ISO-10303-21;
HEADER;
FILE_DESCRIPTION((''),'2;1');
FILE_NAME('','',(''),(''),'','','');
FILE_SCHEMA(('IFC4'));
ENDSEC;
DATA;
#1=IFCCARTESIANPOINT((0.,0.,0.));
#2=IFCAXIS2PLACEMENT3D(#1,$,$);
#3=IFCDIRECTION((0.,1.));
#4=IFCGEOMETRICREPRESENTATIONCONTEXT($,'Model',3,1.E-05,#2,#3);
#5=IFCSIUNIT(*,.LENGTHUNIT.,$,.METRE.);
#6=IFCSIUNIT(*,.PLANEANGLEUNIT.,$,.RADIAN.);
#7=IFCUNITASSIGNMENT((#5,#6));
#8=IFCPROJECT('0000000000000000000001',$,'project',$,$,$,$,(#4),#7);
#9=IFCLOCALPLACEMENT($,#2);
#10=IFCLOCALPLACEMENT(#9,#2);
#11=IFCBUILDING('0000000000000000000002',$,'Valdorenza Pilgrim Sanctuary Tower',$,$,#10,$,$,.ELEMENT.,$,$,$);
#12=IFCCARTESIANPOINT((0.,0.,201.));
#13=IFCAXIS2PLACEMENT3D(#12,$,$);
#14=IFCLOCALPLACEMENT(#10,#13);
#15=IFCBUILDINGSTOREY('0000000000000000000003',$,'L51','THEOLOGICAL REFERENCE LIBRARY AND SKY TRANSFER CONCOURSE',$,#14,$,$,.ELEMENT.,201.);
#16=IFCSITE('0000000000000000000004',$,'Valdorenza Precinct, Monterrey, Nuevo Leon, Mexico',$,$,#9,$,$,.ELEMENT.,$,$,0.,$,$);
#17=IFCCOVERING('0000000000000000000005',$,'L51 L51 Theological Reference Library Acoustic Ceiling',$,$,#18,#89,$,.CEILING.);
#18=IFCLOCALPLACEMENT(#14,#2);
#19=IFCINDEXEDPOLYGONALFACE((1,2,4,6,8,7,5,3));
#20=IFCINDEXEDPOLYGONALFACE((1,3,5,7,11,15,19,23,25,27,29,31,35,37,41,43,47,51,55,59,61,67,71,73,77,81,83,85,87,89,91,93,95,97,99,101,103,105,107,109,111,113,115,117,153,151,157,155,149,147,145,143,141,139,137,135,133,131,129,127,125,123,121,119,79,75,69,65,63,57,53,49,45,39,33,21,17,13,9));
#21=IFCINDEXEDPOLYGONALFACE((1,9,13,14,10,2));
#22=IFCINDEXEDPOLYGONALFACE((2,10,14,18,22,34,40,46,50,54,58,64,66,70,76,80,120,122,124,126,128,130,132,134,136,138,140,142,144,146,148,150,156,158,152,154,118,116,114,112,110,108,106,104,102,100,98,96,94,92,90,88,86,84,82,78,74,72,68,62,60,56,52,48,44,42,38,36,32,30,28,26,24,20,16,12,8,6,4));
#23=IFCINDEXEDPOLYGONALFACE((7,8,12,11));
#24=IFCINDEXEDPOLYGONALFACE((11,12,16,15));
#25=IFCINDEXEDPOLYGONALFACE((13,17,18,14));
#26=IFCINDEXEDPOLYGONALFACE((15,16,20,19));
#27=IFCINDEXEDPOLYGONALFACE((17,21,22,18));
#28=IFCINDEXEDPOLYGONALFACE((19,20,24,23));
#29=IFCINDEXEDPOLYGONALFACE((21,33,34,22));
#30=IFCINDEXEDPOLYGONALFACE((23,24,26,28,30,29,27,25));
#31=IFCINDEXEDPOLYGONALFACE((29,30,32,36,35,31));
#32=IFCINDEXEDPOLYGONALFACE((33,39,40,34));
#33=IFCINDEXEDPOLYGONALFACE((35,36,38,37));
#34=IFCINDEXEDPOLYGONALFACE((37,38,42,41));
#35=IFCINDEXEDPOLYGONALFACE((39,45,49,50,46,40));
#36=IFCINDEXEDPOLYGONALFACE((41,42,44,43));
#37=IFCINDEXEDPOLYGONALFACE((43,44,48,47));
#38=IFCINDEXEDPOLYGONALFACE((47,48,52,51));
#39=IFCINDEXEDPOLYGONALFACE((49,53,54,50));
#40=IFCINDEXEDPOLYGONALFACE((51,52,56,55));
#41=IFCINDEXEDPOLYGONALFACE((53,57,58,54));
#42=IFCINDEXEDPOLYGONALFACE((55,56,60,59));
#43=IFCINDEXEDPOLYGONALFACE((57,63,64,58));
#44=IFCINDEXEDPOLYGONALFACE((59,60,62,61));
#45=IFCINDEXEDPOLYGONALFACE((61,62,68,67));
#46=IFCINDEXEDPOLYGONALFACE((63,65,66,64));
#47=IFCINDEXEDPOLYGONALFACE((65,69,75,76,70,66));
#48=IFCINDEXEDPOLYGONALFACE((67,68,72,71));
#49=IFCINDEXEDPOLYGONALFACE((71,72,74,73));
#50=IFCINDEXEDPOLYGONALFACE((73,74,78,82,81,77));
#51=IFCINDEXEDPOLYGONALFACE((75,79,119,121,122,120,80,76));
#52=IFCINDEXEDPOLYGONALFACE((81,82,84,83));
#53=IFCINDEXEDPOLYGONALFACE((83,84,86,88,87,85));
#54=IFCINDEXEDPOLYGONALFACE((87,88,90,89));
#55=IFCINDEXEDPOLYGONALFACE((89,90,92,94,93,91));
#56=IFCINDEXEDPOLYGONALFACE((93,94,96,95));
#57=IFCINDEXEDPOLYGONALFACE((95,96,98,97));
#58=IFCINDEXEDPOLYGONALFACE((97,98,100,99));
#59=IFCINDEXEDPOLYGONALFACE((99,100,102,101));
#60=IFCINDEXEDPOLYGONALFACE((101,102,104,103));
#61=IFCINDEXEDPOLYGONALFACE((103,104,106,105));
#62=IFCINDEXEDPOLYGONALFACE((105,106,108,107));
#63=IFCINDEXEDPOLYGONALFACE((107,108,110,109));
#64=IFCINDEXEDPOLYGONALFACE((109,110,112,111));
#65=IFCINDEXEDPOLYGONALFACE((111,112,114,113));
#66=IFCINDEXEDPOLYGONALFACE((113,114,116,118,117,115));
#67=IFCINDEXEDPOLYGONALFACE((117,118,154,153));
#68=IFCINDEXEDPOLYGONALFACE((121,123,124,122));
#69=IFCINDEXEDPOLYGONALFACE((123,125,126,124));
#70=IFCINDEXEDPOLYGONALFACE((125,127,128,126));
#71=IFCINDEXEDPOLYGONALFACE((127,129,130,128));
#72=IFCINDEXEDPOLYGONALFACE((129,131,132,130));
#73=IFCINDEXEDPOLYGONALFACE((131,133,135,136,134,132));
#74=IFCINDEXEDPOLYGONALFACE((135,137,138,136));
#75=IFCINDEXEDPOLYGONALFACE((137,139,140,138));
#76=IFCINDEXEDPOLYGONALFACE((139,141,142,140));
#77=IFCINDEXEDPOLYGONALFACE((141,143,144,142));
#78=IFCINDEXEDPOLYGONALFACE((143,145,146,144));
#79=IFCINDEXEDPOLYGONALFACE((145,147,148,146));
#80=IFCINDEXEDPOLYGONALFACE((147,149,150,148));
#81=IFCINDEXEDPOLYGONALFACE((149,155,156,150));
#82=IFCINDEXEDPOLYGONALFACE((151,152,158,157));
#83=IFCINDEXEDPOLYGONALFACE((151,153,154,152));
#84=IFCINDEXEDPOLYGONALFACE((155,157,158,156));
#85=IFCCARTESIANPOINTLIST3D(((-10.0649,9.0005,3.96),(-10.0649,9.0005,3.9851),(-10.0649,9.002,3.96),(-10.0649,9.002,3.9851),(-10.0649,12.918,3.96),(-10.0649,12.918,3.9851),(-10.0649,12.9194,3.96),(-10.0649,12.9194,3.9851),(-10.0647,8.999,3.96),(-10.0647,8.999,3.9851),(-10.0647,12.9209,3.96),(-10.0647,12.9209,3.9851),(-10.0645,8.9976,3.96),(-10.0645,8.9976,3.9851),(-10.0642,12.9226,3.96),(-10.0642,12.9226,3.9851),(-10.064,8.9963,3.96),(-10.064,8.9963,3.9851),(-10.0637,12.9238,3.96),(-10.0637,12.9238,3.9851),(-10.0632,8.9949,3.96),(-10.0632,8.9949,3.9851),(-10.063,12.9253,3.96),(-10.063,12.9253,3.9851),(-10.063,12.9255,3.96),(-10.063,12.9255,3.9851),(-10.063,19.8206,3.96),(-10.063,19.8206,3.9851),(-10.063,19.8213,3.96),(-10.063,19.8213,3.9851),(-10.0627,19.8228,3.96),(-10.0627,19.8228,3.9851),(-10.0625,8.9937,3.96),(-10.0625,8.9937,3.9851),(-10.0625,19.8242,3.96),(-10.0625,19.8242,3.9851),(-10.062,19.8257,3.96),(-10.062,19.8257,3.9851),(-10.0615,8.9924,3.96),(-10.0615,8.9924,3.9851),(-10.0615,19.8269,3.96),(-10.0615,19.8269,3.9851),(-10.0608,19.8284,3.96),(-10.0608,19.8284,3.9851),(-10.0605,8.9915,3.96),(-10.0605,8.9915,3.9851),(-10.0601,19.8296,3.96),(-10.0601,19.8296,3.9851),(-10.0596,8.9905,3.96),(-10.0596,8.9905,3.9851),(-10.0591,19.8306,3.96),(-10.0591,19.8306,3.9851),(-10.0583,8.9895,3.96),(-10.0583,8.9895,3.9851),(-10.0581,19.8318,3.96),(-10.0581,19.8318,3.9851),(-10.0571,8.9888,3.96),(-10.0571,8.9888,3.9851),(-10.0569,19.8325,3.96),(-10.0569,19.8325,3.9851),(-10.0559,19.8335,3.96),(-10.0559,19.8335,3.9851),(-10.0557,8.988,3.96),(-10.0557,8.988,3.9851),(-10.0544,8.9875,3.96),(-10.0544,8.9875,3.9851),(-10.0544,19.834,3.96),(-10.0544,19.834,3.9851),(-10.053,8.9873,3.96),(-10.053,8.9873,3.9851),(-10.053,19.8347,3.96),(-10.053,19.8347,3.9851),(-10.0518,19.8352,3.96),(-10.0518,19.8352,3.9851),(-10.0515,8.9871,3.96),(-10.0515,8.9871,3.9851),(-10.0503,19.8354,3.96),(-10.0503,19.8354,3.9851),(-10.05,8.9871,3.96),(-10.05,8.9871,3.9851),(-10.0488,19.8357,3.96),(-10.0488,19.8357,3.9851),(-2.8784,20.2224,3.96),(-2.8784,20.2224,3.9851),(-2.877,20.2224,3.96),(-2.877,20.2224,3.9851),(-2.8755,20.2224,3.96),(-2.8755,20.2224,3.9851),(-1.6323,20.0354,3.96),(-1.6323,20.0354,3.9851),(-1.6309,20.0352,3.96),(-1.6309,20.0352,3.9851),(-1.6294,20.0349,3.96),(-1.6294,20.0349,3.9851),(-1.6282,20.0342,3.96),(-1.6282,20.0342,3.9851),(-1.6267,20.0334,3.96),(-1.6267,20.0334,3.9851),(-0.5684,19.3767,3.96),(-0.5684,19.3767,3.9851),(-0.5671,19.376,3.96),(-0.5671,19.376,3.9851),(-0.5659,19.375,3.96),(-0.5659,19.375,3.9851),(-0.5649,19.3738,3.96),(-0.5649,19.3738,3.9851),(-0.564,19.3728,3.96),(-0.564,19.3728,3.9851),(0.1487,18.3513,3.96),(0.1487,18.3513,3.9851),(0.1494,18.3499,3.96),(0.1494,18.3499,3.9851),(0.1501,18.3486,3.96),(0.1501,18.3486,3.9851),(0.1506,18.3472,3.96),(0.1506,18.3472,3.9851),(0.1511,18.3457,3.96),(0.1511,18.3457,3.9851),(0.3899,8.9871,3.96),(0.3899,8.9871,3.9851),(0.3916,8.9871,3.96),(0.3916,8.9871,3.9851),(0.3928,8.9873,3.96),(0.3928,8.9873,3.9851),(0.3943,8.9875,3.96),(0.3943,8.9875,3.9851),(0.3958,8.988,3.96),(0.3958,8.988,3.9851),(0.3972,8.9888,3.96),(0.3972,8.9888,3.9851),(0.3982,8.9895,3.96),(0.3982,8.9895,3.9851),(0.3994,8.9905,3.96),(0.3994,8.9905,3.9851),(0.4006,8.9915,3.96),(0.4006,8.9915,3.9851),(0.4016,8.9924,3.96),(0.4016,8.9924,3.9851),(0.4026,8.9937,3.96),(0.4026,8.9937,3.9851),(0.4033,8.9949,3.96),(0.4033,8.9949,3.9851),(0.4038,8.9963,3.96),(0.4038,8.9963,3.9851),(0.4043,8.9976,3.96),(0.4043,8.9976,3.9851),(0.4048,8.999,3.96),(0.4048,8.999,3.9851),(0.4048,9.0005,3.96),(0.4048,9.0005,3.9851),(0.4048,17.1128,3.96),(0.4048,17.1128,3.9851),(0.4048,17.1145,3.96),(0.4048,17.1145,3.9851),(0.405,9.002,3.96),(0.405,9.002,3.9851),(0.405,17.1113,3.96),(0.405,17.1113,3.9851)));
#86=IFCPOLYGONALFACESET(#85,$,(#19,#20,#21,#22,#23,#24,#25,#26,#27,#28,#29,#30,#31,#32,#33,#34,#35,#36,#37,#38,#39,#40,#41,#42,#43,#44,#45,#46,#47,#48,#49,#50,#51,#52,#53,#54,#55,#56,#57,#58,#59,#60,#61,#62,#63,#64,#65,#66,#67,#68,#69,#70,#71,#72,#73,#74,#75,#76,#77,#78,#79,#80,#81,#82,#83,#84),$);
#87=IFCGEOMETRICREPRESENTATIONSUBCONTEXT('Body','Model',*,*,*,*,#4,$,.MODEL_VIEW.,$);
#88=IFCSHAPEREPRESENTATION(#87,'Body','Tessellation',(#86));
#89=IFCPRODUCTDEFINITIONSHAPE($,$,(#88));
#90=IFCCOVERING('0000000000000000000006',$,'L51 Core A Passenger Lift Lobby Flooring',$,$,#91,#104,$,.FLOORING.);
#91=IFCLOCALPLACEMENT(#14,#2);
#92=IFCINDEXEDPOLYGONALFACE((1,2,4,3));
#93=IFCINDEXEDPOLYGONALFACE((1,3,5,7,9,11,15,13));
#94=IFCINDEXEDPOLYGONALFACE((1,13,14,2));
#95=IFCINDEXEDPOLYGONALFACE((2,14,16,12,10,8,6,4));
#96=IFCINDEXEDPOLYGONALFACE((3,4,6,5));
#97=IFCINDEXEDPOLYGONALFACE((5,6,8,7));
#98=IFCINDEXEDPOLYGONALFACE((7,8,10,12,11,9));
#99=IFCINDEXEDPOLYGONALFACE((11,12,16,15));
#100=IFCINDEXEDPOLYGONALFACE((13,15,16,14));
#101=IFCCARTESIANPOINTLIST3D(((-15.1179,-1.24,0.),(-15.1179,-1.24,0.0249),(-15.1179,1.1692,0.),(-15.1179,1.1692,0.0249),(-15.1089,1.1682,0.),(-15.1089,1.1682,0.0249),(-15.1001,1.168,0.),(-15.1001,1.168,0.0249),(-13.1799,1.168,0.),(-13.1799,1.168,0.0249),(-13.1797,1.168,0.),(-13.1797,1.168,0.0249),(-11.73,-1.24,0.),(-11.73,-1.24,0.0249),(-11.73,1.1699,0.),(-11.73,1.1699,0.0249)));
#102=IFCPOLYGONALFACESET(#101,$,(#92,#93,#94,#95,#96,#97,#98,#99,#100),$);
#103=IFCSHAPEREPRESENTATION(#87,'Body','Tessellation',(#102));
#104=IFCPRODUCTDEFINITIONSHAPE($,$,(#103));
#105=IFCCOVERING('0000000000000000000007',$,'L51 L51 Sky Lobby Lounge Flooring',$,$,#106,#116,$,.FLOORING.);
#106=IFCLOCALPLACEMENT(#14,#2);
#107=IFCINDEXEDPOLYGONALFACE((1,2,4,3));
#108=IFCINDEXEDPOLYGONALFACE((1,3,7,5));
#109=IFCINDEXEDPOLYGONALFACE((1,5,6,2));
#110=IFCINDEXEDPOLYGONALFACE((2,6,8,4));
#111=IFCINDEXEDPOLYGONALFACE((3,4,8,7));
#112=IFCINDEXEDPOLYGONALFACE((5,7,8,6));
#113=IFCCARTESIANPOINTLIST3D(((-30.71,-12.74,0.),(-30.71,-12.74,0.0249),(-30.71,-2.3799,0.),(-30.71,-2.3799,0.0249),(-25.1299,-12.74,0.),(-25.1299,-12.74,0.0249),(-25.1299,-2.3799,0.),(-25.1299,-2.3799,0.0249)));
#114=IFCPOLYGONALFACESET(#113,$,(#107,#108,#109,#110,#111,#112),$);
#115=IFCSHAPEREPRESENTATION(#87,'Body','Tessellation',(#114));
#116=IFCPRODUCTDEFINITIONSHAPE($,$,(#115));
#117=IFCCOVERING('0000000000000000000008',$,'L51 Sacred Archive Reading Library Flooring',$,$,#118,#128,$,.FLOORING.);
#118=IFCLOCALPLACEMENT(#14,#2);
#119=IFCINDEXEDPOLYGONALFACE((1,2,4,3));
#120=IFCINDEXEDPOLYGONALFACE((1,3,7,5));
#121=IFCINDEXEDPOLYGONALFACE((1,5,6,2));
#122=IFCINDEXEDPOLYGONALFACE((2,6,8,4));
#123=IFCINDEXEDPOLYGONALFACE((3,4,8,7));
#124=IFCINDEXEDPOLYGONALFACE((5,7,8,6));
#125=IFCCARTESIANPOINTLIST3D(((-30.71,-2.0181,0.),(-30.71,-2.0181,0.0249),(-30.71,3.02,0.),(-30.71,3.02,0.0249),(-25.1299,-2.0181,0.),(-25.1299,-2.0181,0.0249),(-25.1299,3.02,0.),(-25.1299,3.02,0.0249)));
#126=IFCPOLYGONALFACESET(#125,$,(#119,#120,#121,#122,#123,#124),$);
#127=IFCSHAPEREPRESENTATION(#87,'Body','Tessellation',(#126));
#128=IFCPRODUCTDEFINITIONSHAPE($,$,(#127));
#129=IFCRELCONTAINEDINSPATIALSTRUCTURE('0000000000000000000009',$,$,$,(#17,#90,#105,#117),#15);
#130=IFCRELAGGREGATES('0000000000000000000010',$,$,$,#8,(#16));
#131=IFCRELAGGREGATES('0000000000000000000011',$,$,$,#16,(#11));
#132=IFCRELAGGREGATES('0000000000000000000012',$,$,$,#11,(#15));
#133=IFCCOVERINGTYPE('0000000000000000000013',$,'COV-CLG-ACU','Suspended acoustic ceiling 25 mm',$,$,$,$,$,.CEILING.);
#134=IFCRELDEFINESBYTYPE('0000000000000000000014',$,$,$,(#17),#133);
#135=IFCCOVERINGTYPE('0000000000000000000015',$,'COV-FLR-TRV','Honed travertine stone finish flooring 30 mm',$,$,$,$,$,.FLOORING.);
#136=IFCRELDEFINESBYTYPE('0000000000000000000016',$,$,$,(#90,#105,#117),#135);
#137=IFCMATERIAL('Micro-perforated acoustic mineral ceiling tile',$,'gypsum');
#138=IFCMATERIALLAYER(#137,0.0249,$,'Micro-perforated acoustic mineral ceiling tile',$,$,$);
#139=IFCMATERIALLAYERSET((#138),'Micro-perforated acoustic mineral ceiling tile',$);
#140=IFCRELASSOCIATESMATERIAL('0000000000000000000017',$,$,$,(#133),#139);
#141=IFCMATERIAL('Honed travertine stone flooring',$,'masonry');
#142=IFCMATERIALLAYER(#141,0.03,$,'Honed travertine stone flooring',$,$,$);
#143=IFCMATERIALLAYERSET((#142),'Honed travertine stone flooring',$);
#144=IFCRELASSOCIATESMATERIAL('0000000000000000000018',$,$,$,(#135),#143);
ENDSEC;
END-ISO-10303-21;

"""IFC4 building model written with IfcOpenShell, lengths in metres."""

from ifc_helpers import new_model, si_unit, direction, frame, origin, place, context, subcontext, project, spatial, polyline, outline, extrude, material, layer, layer_set, type_object, element, save


model = new_model("IFC4")

# Units and contexts
model_context = context("Model", 3, precision=1e-05, world=origin(), true_north=direction((0.0, 1.0)))
body_context = subcontext(model_context, "Body", "Model", "MODEL_VIEW")
ifc_project = project(units=[si_unit("LENGTHUNIT", "METRE"), si_unit("PLANEANGLEUNIT", "RADIAN")], contexts=[model_context])

# Site, building, storey
site_placement = place(None, origin())
site = spatial("IfcSite", under=ifc_project, at=site_placement, Name="Valdorenza Precinct, Monterrey, Nuevo Leon, Mexico", CompositionType="ELEMENT", RefElevation=0.0)
building_placement = place(site_placement, origin())
building = spatial("IfcBuilding", under=site, at=building_placement, Name="Valdorenza Pilgrim Sanctuary Tower", CompositionType="ELEMENT")
storey_placement = place(building_placement, frame((0.0, 0.0, 201.0)))
storey = spatial("IfcBuildingStorey", under=building, at=storey_placement, Name="L51", Description="THEOLOGICAL REFERENCE LIBRARY AND SKY TRANSFER CONCOURSE", CompositionType="ELEMENT", Elevation=201.0)

# Coverings
ifc_material_1 = material(Name="Micro-perforated acoustic mineral ceiling tile", Category="gypsum")
ifc_layer_1 = layer(ifc_material_1, 0.0249, Name="Micro-perforated acoustic mineral ceiling tile")
ifc_layer_set_1 = layer_set([ifc_layer_1], Name="Micro-perforated acoustic mineral ceiling tile")
covering_type_1 = type_object("IfcCoveringType", Name="COV-CLG-ACU", Description="Suspended acoustic ceiling 25 mm", PredefinedType="CEILING", material=ifc_layer_set_1)
covering_1_placement = place(storey_placement, frame((0.0, 0.0, 3.96)))
element("IfcCovering", 1, at=covering_1_placement, inside=storey, type_object=covering_type_1, Name="L51 L51 Theological Reference Library Acoustic Ceiling", PredefinedType="CEILING", context=body_context, shape_type="SweptSolid", body=[
    extrude(outline(polyline([(-10.0649, 12.918), (-10.0649, 12.9194), (-10.0647, 12.9209), (-10.0642, 12.9226), (-10.0637, 12.9238), (-10.063, 12.9253), (-10.063, 12.9255), (-10.063, 19.8206), (-10.063, 19.8206), (-10.063, 19.8213), (-10.0627, 19.8228), (-10.0625, 19.8242), (-10.062, 19.8257), (-10.0615, 19.8269), (-10.0608, 19.8284), (-10.0601, 19.8296), (-10.0591, 19.8306), (-10.0581, 19.8318), (-10.0569, 19.8325), (-10.0559, 19.8335), (-10.0544, 19.834), (-10.053, 19.8347), (-10.0518, 19.8352), (-10.0503, 19.8354), (-10.0488, 19.8357), (-2.8784, 20.2224), (-2.877, 20.2224), (-2.8755, 20.2224), (-1.6323, 20.0354), (-1.6309, 20.0352), (-1.6294, 20.0349), (-1.6282, 20.0342), (-1.6267, 20.0334), (-0.5684, 19.3767), (-0.5671, 19.376), (-0.5659, 19.375), (-0.5649, 19.3738), (-0.564, 19.3728), (0.1487, 18.3513), (0.1494, 18.3499), (0.1501, 18.3486), (0.1506, 18.3472), (0.1511, 18.3457), (0.4048, 17.1145), (0.4048, 17.1128), (0.405, 17.1113), (0.405, 9.002), (0.4048, 9.0005), (0.4048, 8.999), (0.4043, 8.9976), (0.4038, 8.9963), (0.4033, 8.9949), (0.4026, 8.9937), (0.4016, 8.9924), (0.4006, 8.9915), (0.3994, 8.9905), (0.3982, 8.9895), (0.3972, 8.9888), (0.3958, 8.988), (0.3943, 8.9875), (0.3928, 8.9873), (0.3916, 8.9871), (0.3899, 8.9871), (-10.05, 8.9871), (-10.0515, 8.9871), (-10.053, 8.9873), (-10.0544, 8.9875), (-10.0557, 8.988), (-10.0571, 8.9888), (-10.0583, 8.9895), (-10.0596, 8.9905), (-10.0605, 8.9915), (-10.0615, 8.9924), (-10.0625, 8.9937), (-10.0632, 8.9949), (-10.064, 8.9963), (-10.0645, 8.9976), (-10.0647, 8.999), (-10.0649, 9.0005), (-10.0649, 9.002), (-10.0649, 12.918)])), origin(), (0.0, 0.0, 1.0), 0.0251),
])
ifc_material_2 = material(Name="Honed travertine stone flooring", Category="masonry")
ifc_layer_2 = layer(ifc_material_2, 0.03, Name="Honed travertine stone flooring")
ifc_layer_set_2 = layer_set([ifc_layer_2], Name="Honed travertine stone flooring")
covering_type_2 = type_object("IfcCoveringType", Name="COV-FLR-TRV", Description="Honed travertine stone finish flooring 30 mm", PredefinedType="FLOORING", material=ifc_layer_set_2)
covering_2_placement = place(storey_placement, origin())
element("IfcCovering", 2, at=covering_2_placement, inside=storey, type_object=covering_type_2, Name="L51 Core A Passenger Lift Lobby Flooring", PredefinedType="FLOORING", context=body_context, shape_type="SweptSolid", body=[
    extrude(outline(polyline([(-15.1179, 1.1692), (-15.1089, 1.1682), (-15.1089, 1.1682), (-15.1001, 1.168), (-13.1799, 1.168), (-13.1797, 1.168), (-11.73, 1.1699), (-11.73, -1.24), (-15.1179, -1.24), (-15.1179, 1.1692)])), origin(), (0.0, 0.0, 1.0), 0.0249),
])
covering_3_placement = place(storey_placement, origin())
element("IfcCovering", 3, at=covering_3_placement, inside=storey, type_object=covering_type_2, Name="L51 L51 Sky Lobby Lounge Flooring", PredefinedType="FLOORING", context=body_context, shape_type="SweptSolid", body=[
    extrude(outline(polyline([(-25.1299, -12.74), (-30.71, -12.74), (-30.71, -2.3799), (-25.1299, -2.3799), (-25.1299, -12.74)])), origin(), (0.0, 0.0, 1.0), 0.0249),
])
covering_4_placement = place(storey_placement, origin())
element("IfcCovering", 4, at=covering_4_placement, inside=storey, type_object=covering_type_2, Name="L51 Sacred Archive Reading Library Flooring", PredefinedType="FLOORING", context=body_context, shape_type="SweptSolid", body=[
    extrude(outline(polyline([(-25.1299, -2.0181), (-30.71, -2.0181), (-30.71, 3.02), (-25.1299, 3.02), (-25.1299, -2.0181)])), origin(), (0.0, 0.0, 1.0), 0.0249),
])

save(model, "model.ifc")
